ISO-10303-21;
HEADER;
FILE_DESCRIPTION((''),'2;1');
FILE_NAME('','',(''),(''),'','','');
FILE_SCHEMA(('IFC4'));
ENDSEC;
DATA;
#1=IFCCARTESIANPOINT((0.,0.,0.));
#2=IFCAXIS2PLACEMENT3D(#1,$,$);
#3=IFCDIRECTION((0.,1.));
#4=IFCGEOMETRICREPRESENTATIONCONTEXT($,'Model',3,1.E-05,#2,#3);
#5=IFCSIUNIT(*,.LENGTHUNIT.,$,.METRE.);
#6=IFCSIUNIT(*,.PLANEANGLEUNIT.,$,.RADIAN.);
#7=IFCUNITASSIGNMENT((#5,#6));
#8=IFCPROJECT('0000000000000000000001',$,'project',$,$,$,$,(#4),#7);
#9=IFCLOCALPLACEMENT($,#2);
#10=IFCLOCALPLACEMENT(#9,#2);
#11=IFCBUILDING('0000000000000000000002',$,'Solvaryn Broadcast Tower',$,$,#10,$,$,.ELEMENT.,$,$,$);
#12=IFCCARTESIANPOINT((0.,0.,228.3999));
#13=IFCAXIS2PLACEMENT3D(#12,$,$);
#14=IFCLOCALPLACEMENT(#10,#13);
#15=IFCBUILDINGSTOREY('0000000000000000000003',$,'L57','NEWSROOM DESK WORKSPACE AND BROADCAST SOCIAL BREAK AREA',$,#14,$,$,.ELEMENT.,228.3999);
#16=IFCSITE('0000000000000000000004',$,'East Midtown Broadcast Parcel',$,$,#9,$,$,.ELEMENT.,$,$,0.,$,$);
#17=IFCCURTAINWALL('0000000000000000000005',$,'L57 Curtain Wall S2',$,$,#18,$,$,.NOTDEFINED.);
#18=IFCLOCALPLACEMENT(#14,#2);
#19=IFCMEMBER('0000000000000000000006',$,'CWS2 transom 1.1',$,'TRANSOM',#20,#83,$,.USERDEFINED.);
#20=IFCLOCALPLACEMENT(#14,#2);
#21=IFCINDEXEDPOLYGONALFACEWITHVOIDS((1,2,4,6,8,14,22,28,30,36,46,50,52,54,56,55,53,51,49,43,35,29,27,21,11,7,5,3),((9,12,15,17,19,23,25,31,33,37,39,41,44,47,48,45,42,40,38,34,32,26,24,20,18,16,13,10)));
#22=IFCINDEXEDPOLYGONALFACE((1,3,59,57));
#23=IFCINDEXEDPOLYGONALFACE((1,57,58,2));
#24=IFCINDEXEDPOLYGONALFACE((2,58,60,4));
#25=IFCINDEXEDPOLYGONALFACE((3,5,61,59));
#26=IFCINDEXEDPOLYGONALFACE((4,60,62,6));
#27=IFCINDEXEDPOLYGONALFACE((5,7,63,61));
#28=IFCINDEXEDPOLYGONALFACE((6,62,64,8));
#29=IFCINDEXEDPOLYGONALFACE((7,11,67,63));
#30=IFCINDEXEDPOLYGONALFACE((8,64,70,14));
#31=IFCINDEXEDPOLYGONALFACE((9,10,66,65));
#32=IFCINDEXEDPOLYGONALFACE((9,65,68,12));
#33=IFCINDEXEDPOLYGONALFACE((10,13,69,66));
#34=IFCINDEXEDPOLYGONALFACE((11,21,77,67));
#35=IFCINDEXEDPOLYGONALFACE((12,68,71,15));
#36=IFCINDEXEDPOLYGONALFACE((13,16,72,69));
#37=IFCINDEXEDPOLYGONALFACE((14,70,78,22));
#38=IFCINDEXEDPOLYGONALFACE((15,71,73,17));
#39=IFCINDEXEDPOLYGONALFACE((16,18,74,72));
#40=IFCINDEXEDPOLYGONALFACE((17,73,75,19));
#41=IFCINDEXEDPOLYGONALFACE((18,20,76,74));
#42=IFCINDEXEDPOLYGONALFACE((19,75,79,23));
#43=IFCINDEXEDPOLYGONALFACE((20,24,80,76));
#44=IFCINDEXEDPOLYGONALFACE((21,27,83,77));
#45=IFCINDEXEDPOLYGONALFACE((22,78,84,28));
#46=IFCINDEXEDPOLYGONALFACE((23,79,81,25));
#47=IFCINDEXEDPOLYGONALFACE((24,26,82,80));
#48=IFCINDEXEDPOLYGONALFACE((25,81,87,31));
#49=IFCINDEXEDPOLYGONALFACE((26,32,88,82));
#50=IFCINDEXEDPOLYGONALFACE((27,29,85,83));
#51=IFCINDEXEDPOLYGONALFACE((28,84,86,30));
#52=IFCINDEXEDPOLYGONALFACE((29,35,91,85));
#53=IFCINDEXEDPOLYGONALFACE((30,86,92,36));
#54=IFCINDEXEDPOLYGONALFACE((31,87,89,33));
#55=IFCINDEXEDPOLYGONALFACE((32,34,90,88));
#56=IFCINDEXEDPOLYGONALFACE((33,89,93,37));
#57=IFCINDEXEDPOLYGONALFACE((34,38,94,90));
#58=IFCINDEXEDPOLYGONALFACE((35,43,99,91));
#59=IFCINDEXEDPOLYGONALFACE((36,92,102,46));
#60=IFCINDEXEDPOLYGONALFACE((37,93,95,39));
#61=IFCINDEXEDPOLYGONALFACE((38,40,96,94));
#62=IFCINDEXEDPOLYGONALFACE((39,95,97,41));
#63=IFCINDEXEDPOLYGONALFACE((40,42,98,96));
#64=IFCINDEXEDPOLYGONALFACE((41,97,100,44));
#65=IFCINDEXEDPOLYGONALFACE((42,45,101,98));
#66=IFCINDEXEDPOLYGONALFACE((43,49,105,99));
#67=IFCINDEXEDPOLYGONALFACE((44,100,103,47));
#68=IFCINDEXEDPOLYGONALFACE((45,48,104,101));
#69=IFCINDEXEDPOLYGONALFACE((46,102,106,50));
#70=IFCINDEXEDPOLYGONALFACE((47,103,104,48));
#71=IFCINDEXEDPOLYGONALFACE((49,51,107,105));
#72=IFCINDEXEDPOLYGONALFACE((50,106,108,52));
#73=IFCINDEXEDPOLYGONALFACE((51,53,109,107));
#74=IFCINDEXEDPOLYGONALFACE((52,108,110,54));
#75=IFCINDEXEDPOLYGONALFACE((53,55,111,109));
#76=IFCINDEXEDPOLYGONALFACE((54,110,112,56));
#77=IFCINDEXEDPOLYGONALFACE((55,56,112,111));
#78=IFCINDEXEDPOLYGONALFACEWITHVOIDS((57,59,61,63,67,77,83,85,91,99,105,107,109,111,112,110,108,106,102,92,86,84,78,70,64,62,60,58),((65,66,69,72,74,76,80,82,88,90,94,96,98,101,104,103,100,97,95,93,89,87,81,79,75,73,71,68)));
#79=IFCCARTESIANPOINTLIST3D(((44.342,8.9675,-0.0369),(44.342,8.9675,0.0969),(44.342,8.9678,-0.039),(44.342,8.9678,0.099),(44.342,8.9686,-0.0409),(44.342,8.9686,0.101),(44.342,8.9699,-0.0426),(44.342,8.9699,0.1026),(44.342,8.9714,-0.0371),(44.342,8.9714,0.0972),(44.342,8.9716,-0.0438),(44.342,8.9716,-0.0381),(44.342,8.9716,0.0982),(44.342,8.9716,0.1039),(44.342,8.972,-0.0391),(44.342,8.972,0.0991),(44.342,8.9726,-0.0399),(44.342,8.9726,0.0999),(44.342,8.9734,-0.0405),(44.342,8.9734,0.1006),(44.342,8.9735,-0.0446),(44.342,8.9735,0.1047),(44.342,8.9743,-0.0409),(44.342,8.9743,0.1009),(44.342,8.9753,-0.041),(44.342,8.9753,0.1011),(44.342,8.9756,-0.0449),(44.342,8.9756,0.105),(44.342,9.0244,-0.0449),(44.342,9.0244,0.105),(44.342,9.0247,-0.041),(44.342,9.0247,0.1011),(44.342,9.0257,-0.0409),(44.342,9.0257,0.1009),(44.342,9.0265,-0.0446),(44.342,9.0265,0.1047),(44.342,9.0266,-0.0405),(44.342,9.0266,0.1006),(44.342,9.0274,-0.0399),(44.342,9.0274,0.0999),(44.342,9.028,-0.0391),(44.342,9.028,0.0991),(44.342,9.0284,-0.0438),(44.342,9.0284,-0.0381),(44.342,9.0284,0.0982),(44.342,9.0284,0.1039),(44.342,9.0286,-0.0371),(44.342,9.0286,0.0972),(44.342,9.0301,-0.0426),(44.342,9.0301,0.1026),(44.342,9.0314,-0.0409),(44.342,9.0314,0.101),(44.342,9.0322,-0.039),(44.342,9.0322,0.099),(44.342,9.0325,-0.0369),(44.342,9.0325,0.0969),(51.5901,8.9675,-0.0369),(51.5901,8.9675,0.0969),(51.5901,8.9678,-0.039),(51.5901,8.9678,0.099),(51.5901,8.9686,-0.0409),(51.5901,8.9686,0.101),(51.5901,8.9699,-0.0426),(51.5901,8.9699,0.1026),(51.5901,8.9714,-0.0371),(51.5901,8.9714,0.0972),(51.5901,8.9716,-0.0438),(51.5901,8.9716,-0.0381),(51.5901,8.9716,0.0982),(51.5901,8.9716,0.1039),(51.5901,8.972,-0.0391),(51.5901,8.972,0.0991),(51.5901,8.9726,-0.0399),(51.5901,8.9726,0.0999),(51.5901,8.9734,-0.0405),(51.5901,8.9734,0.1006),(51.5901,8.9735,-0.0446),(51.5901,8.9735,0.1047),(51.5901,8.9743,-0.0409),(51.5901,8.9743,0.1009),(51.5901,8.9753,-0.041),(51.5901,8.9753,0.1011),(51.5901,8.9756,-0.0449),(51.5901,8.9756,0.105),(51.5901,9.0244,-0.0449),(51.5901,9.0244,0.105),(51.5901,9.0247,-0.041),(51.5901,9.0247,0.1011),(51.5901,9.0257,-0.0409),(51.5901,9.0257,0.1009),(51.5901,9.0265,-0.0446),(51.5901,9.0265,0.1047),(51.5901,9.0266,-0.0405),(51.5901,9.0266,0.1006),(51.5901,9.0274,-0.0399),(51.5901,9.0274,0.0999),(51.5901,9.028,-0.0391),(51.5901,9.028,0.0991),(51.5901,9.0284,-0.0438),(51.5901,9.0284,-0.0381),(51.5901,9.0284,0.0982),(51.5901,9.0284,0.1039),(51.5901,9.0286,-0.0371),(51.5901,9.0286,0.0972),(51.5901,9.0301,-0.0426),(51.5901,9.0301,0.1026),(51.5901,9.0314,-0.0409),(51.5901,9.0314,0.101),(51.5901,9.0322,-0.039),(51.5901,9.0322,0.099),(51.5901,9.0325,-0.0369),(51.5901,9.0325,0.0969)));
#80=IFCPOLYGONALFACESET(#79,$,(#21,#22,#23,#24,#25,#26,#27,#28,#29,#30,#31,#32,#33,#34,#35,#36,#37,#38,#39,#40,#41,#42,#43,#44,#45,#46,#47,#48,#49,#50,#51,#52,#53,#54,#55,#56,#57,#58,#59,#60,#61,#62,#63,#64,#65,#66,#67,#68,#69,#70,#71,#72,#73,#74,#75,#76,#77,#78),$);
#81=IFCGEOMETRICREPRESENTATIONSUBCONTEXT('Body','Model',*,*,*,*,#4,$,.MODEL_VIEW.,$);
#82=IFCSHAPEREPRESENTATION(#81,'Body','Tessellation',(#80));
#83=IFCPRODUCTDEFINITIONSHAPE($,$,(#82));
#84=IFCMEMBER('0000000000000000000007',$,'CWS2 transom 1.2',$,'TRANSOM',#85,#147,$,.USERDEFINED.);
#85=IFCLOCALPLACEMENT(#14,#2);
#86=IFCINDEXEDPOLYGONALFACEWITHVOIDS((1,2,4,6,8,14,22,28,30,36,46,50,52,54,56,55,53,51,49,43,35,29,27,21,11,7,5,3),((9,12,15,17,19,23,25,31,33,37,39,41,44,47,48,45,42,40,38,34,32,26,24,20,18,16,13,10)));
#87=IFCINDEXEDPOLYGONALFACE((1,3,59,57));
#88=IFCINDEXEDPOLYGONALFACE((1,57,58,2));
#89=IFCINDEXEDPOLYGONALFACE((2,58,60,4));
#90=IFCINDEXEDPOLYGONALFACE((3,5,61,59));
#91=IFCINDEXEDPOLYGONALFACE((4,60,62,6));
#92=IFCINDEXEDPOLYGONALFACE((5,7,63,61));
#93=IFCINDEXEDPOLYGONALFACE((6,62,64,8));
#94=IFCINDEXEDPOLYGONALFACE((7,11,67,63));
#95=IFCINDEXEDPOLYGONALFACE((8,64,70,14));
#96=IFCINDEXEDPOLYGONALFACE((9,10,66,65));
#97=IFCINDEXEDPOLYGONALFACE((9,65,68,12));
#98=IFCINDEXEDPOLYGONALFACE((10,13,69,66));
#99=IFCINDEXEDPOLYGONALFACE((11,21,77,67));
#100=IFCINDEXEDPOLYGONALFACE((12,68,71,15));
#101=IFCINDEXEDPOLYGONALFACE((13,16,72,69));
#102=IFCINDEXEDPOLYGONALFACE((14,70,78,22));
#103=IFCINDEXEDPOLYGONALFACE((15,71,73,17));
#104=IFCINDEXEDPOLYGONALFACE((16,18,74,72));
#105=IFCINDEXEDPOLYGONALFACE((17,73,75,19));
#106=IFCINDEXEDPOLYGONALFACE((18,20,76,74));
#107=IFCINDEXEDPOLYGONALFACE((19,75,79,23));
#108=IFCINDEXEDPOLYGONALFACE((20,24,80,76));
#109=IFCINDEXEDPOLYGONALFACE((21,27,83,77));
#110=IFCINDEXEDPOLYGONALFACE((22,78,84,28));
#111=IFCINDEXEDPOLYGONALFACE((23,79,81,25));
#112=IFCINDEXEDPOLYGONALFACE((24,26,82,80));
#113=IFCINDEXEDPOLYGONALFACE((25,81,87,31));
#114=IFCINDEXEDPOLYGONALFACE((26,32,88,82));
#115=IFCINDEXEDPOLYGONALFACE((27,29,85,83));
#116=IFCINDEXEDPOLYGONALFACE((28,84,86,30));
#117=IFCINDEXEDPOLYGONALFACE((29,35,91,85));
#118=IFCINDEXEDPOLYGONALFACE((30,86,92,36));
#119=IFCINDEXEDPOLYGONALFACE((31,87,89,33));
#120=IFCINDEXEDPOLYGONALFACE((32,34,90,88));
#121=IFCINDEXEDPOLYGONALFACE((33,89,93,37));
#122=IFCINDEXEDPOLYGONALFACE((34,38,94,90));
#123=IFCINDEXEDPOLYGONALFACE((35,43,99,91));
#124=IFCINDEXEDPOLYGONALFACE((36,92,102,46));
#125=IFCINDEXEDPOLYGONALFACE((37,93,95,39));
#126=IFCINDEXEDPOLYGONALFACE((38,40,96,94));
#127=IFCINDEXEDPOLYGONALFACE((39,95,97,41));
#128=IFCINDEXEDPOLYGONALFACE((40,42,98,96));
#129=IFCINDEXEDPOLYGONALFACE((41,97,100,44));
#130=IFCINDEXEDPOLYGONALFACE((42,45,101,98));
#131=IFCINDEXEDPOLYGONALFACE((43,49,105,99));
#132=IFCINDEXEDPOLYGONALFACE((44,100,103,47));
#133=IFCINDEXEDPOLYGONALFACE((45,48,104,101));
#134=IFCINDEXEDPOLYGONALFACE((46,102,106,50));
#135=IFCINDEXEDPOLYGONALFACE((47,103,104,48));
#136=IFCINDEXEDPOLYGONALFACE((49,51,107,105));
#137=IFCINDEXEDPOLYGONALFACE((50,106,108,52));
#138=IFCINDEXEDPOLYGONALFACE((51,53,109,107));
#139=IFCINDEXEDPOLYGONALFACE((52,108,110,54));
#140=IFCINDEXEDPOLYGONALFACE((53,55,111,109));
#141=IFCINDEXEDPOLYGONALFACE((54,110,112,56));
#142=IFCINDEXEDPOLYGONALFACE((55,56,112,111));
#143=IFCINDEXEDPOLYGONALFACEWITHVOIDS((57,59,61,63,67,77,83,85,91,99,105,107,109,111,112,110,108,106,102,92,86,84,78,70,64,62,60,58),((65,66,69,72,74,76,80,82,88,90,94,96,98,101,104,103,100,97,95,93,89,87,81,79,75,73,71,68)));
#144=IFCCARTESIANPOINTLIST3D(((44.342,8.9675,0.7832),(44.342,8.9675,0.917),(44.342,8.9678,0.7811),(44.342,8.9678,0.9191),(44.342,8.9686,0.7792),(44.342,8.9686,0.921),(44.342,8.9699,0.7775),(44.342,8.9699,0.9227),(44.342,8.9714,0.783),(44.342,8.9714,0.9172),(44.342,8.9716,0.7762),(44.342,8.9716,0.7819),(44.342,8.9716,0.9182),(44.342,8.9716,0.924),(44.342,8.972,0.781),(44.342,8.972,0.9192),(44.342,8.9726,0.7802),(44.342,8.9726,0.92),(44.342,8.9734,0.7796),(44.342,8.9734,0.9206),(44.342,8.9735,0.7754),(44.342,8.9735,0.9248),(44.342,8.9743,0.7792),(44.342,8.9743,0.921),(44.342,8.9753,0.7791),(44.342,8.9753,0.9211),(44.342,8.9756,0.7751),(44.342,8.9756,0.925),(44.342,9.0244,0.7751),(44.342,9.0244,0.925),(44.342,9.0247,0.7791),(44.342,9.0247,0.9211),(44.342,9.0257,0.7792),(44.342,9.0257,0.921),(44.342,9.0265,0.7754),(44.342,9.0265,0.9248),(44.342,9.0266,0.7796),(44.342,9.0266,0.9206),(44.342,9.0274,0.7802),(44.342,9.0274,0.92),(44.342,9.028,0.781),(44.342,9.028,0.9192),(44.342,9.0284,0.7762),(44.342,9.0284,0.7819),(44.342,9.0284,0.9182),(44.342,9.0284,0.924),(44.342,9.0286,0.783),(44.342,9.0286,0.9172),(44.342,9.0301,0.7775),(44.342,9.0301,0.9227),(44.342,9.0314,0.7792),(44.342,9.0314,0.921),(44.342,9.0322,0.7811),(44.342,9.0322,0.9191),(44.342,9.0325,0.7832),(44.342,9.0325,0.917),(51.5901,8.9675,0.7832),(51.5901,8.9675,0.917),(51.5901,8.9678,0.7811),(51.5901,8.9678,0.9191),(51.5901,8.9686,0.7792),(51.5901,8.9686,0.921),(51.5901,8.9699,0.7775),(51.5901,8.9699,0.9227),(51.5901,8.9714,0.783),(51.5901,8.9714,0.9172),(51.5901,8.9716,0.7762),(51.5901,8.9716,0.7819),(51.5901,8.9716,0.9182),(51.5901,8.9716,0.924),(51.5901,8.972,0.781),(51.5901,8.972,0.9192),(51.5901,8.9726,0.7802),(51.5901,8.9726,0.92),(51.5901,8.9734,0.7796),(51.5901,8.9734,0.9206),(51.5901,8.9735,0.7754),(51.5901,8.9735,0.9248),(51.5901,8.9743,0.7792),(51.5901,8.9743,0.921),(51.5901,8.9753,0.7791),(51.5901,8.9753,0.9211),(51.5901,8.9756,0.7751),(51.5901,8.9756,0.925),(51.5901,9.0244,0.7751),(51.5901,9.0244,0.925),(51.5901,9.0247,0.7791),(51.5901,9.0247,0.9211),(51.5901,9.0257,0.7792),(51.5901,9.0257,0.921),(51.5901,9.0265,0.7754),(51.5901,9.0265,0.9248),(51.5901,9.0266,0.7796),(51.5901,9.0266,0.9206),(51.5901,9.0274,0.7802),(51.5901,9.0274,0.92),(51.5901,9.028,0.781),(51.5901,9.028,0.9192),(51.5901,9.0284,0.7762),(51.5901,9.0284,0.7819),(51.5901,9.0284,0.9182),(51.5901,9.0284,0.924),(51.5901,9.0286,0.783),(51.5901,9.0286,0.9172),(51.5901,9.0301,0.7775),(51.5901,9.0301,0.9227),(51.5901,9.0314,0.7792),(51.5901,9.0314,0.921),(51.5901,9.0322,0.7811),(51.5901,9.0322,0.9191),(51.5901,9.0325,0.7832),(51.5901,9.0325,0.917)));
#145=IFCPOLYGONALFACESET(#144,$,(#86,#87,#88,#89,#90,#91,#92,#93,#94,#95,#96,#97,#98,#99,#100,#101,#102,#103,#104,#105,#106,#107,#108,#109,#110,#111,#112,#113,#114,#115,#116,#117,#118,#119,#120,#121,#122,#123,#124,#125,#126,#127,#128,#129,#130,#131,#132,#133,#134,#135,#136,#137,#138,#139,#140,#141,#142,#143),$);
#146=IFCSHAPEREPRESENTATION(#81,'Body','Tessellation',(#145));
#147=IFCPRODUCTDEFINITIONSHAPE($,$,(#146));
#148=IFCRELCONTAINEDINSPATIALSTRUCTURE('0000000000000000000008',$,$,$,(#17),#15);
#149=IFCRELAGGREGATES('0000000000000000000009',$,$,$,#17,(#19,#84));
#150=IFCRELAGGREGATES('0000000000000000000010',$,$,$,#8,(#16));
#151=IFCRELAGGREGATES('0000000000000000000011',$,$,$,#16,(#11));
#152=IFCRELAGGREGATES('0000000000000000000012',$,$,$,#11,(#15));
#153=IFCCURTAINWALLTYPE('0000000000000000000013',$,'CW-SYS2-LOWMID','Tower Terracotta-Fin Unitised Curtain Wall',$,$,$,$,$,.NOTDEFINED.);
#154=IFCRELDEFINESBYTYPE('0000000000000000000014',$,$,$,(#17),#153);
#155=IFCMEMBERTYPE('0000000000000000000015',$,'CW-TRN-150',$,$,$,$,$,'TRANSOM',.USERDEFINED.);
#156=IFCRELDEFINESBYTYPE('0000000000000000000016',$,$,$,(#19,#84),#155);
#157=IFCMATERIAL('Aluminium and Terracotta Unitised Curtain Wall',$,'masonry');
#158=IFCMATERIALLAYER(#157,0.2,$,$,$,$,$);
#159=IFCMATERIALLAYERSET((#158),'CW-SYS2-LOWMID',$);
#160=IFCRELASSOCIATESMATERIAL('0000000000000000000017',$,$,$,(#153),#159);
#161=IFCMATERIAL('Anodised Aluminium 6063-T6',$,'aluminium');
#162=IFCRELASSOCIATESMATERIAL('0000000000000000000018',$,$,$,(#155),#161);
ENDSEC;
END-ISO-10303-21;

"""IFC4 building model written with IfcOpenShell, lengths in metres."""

from ifc_helpers import new_model, si_unit, direction, frame, origin, origin_2d, place, context, subcontext, project, spatial, hollow_rectangle, extrude, material, layer, layer_set, material_profile, profile_set, type_object, element, aggregate, save


model = new_model("IFC4")

# Units and contexts
model_context = context("Model", 3, precision=1e-05, world=origin(), true_north=direction((0.0, 1.0)))
body_context = subcontext(model_context, "Body", "Model", "MODEL_VIEW")
ifc_project = project(units=[si_unit("LENGTHUNIT", "METRE"), si_unit("PLANEANGLEUNIT", "RADIAN")], contexts=[model_context])

# Site, building, storey
site_placement = place(None, origin())
site = spatial("IfcSite", under=ifc_project, at=site_placement, Name="East Midtown Broadcast Parcel", CompositionType="ELEMENT", RefElevation=0.0)
building_placement = place(site_placement, origin())
building = spatial("IfcBuilding", under=site, at=building_placement, Name="Solvaryn Broadcast Tower", CompositionType="ELEMENT")
storey_placement = place(building_placement, frame((0.0, 0.0, 228.3999)))
storey = spatial("IfcBuildingStorey", under=building, at=storey_placement, Name="L57", Description="NEWSROOM DESK WORKSPACE AND BROADCAST SOCIAL BREAK AREA", CompositionType="ELEMENT", Elevation=228.3999)

# Shared definitions
ifc_material_1 = material(Name="Aluminium and Terracotta Unitised Curtain Wall", Category="masonry")
ifc_layer_1 = layer(ifc_material_1, 0.2)
ifc_layer_set_1 = layer_set([ifc_layer_1], Name="CW-SYS2-LOWMID")
curtain_wall_type = type_object("IfcCurtainWallType", Name="CW-SYS2-LOWMID", Description="Tower Terracotta-Fin Unitised Curtain Wall", PredefinedType="NOTDEFINED", material=ifc_layer_set_1)

# Curtain wall, members
curtain_wall_1_placement = place(storey_placement, origin())
curtain_wall_1 = element("IfcCurtainWall", 1, at=curtain_wall_1_placement, inside=storey, type_object=curtain_wall_type, Name="L57 Curtain Wall S2", PredefinedType="NOTDEFINED")
ifc_material_2 = material(Name="Anodised Aluminium 6063-T6", Category="aluminium")
ifc_material_profile_1 = material_profile(ifc_material_2, hollow_rectangle(XDim=0.0649, YDim=0.1499, WallThickness=0.0039, InnerFilletRadius=0.0039, OuterFilletRadius=0.0081, at=origin_2d()))
ifc_profile_set_1 = profile_set([ifc_material_profile_1], Name="Anodised Aluminium 6063-T6")
member_type_1 = type_object("IfcMemberType", Name="CW-TRN-150", ElementType="TRANSOM", PredefinedType="USERDEFINED", material=ifc_profile_set_1)
member_1_placement = place(storey_placement, frame((44.342, 9.0, 0.03), z_axis=(1.0, 0.0, 0.0), x_axis=(0.0, 1.0, 0.0)))
member_1 = element("IfcMember", 2, at=member_1_placement, type_object=member_type_1, Name="CWS2 transom 1.1", ObjectType="TRANSOM", PredefinedType="USERDEFINED", context=body_context, shape_type="SweptSolid", body=[
    extrude(hollow_rectangle(XDim=0.0649, YDim=0.1499, WallThickness=0.0039, InnerFilletRadius=0.0039, OuterFilletRadius=0.0081, at=origin_2d()), origin(), (0.0, 0.0, 1.0), 7.248),
])
member_2_placement = place(storey_placement, frame((44.342, 9.0, 0.8501), z_axis=(1.0, 0.0, 0.0), x_axis=(0.0, 1.0, 0.0)))
member_2 = element("IfcMember", 3, at=member_2_placement, type_object=member_type_1, Name="CWS2 transom 1.2", ObjectType="TRANSOM", PredefinedType="USERDEFINED", context=body_context, shape_type="SweptSolid", body=[
    extrude(hollow_rectangle(XDim=0.0649, YDim=0.1499, WallThickness=0.0039, InnerFilletRadius=0.0039, OuterFilletRadius=0.0081, at=origin_2d()), origin(), (0.0, 0.0, 1.0), 7.248),
])
aggregate(curtain_wall_1, [member_1, member_2])

save(model, "model.ifc")
